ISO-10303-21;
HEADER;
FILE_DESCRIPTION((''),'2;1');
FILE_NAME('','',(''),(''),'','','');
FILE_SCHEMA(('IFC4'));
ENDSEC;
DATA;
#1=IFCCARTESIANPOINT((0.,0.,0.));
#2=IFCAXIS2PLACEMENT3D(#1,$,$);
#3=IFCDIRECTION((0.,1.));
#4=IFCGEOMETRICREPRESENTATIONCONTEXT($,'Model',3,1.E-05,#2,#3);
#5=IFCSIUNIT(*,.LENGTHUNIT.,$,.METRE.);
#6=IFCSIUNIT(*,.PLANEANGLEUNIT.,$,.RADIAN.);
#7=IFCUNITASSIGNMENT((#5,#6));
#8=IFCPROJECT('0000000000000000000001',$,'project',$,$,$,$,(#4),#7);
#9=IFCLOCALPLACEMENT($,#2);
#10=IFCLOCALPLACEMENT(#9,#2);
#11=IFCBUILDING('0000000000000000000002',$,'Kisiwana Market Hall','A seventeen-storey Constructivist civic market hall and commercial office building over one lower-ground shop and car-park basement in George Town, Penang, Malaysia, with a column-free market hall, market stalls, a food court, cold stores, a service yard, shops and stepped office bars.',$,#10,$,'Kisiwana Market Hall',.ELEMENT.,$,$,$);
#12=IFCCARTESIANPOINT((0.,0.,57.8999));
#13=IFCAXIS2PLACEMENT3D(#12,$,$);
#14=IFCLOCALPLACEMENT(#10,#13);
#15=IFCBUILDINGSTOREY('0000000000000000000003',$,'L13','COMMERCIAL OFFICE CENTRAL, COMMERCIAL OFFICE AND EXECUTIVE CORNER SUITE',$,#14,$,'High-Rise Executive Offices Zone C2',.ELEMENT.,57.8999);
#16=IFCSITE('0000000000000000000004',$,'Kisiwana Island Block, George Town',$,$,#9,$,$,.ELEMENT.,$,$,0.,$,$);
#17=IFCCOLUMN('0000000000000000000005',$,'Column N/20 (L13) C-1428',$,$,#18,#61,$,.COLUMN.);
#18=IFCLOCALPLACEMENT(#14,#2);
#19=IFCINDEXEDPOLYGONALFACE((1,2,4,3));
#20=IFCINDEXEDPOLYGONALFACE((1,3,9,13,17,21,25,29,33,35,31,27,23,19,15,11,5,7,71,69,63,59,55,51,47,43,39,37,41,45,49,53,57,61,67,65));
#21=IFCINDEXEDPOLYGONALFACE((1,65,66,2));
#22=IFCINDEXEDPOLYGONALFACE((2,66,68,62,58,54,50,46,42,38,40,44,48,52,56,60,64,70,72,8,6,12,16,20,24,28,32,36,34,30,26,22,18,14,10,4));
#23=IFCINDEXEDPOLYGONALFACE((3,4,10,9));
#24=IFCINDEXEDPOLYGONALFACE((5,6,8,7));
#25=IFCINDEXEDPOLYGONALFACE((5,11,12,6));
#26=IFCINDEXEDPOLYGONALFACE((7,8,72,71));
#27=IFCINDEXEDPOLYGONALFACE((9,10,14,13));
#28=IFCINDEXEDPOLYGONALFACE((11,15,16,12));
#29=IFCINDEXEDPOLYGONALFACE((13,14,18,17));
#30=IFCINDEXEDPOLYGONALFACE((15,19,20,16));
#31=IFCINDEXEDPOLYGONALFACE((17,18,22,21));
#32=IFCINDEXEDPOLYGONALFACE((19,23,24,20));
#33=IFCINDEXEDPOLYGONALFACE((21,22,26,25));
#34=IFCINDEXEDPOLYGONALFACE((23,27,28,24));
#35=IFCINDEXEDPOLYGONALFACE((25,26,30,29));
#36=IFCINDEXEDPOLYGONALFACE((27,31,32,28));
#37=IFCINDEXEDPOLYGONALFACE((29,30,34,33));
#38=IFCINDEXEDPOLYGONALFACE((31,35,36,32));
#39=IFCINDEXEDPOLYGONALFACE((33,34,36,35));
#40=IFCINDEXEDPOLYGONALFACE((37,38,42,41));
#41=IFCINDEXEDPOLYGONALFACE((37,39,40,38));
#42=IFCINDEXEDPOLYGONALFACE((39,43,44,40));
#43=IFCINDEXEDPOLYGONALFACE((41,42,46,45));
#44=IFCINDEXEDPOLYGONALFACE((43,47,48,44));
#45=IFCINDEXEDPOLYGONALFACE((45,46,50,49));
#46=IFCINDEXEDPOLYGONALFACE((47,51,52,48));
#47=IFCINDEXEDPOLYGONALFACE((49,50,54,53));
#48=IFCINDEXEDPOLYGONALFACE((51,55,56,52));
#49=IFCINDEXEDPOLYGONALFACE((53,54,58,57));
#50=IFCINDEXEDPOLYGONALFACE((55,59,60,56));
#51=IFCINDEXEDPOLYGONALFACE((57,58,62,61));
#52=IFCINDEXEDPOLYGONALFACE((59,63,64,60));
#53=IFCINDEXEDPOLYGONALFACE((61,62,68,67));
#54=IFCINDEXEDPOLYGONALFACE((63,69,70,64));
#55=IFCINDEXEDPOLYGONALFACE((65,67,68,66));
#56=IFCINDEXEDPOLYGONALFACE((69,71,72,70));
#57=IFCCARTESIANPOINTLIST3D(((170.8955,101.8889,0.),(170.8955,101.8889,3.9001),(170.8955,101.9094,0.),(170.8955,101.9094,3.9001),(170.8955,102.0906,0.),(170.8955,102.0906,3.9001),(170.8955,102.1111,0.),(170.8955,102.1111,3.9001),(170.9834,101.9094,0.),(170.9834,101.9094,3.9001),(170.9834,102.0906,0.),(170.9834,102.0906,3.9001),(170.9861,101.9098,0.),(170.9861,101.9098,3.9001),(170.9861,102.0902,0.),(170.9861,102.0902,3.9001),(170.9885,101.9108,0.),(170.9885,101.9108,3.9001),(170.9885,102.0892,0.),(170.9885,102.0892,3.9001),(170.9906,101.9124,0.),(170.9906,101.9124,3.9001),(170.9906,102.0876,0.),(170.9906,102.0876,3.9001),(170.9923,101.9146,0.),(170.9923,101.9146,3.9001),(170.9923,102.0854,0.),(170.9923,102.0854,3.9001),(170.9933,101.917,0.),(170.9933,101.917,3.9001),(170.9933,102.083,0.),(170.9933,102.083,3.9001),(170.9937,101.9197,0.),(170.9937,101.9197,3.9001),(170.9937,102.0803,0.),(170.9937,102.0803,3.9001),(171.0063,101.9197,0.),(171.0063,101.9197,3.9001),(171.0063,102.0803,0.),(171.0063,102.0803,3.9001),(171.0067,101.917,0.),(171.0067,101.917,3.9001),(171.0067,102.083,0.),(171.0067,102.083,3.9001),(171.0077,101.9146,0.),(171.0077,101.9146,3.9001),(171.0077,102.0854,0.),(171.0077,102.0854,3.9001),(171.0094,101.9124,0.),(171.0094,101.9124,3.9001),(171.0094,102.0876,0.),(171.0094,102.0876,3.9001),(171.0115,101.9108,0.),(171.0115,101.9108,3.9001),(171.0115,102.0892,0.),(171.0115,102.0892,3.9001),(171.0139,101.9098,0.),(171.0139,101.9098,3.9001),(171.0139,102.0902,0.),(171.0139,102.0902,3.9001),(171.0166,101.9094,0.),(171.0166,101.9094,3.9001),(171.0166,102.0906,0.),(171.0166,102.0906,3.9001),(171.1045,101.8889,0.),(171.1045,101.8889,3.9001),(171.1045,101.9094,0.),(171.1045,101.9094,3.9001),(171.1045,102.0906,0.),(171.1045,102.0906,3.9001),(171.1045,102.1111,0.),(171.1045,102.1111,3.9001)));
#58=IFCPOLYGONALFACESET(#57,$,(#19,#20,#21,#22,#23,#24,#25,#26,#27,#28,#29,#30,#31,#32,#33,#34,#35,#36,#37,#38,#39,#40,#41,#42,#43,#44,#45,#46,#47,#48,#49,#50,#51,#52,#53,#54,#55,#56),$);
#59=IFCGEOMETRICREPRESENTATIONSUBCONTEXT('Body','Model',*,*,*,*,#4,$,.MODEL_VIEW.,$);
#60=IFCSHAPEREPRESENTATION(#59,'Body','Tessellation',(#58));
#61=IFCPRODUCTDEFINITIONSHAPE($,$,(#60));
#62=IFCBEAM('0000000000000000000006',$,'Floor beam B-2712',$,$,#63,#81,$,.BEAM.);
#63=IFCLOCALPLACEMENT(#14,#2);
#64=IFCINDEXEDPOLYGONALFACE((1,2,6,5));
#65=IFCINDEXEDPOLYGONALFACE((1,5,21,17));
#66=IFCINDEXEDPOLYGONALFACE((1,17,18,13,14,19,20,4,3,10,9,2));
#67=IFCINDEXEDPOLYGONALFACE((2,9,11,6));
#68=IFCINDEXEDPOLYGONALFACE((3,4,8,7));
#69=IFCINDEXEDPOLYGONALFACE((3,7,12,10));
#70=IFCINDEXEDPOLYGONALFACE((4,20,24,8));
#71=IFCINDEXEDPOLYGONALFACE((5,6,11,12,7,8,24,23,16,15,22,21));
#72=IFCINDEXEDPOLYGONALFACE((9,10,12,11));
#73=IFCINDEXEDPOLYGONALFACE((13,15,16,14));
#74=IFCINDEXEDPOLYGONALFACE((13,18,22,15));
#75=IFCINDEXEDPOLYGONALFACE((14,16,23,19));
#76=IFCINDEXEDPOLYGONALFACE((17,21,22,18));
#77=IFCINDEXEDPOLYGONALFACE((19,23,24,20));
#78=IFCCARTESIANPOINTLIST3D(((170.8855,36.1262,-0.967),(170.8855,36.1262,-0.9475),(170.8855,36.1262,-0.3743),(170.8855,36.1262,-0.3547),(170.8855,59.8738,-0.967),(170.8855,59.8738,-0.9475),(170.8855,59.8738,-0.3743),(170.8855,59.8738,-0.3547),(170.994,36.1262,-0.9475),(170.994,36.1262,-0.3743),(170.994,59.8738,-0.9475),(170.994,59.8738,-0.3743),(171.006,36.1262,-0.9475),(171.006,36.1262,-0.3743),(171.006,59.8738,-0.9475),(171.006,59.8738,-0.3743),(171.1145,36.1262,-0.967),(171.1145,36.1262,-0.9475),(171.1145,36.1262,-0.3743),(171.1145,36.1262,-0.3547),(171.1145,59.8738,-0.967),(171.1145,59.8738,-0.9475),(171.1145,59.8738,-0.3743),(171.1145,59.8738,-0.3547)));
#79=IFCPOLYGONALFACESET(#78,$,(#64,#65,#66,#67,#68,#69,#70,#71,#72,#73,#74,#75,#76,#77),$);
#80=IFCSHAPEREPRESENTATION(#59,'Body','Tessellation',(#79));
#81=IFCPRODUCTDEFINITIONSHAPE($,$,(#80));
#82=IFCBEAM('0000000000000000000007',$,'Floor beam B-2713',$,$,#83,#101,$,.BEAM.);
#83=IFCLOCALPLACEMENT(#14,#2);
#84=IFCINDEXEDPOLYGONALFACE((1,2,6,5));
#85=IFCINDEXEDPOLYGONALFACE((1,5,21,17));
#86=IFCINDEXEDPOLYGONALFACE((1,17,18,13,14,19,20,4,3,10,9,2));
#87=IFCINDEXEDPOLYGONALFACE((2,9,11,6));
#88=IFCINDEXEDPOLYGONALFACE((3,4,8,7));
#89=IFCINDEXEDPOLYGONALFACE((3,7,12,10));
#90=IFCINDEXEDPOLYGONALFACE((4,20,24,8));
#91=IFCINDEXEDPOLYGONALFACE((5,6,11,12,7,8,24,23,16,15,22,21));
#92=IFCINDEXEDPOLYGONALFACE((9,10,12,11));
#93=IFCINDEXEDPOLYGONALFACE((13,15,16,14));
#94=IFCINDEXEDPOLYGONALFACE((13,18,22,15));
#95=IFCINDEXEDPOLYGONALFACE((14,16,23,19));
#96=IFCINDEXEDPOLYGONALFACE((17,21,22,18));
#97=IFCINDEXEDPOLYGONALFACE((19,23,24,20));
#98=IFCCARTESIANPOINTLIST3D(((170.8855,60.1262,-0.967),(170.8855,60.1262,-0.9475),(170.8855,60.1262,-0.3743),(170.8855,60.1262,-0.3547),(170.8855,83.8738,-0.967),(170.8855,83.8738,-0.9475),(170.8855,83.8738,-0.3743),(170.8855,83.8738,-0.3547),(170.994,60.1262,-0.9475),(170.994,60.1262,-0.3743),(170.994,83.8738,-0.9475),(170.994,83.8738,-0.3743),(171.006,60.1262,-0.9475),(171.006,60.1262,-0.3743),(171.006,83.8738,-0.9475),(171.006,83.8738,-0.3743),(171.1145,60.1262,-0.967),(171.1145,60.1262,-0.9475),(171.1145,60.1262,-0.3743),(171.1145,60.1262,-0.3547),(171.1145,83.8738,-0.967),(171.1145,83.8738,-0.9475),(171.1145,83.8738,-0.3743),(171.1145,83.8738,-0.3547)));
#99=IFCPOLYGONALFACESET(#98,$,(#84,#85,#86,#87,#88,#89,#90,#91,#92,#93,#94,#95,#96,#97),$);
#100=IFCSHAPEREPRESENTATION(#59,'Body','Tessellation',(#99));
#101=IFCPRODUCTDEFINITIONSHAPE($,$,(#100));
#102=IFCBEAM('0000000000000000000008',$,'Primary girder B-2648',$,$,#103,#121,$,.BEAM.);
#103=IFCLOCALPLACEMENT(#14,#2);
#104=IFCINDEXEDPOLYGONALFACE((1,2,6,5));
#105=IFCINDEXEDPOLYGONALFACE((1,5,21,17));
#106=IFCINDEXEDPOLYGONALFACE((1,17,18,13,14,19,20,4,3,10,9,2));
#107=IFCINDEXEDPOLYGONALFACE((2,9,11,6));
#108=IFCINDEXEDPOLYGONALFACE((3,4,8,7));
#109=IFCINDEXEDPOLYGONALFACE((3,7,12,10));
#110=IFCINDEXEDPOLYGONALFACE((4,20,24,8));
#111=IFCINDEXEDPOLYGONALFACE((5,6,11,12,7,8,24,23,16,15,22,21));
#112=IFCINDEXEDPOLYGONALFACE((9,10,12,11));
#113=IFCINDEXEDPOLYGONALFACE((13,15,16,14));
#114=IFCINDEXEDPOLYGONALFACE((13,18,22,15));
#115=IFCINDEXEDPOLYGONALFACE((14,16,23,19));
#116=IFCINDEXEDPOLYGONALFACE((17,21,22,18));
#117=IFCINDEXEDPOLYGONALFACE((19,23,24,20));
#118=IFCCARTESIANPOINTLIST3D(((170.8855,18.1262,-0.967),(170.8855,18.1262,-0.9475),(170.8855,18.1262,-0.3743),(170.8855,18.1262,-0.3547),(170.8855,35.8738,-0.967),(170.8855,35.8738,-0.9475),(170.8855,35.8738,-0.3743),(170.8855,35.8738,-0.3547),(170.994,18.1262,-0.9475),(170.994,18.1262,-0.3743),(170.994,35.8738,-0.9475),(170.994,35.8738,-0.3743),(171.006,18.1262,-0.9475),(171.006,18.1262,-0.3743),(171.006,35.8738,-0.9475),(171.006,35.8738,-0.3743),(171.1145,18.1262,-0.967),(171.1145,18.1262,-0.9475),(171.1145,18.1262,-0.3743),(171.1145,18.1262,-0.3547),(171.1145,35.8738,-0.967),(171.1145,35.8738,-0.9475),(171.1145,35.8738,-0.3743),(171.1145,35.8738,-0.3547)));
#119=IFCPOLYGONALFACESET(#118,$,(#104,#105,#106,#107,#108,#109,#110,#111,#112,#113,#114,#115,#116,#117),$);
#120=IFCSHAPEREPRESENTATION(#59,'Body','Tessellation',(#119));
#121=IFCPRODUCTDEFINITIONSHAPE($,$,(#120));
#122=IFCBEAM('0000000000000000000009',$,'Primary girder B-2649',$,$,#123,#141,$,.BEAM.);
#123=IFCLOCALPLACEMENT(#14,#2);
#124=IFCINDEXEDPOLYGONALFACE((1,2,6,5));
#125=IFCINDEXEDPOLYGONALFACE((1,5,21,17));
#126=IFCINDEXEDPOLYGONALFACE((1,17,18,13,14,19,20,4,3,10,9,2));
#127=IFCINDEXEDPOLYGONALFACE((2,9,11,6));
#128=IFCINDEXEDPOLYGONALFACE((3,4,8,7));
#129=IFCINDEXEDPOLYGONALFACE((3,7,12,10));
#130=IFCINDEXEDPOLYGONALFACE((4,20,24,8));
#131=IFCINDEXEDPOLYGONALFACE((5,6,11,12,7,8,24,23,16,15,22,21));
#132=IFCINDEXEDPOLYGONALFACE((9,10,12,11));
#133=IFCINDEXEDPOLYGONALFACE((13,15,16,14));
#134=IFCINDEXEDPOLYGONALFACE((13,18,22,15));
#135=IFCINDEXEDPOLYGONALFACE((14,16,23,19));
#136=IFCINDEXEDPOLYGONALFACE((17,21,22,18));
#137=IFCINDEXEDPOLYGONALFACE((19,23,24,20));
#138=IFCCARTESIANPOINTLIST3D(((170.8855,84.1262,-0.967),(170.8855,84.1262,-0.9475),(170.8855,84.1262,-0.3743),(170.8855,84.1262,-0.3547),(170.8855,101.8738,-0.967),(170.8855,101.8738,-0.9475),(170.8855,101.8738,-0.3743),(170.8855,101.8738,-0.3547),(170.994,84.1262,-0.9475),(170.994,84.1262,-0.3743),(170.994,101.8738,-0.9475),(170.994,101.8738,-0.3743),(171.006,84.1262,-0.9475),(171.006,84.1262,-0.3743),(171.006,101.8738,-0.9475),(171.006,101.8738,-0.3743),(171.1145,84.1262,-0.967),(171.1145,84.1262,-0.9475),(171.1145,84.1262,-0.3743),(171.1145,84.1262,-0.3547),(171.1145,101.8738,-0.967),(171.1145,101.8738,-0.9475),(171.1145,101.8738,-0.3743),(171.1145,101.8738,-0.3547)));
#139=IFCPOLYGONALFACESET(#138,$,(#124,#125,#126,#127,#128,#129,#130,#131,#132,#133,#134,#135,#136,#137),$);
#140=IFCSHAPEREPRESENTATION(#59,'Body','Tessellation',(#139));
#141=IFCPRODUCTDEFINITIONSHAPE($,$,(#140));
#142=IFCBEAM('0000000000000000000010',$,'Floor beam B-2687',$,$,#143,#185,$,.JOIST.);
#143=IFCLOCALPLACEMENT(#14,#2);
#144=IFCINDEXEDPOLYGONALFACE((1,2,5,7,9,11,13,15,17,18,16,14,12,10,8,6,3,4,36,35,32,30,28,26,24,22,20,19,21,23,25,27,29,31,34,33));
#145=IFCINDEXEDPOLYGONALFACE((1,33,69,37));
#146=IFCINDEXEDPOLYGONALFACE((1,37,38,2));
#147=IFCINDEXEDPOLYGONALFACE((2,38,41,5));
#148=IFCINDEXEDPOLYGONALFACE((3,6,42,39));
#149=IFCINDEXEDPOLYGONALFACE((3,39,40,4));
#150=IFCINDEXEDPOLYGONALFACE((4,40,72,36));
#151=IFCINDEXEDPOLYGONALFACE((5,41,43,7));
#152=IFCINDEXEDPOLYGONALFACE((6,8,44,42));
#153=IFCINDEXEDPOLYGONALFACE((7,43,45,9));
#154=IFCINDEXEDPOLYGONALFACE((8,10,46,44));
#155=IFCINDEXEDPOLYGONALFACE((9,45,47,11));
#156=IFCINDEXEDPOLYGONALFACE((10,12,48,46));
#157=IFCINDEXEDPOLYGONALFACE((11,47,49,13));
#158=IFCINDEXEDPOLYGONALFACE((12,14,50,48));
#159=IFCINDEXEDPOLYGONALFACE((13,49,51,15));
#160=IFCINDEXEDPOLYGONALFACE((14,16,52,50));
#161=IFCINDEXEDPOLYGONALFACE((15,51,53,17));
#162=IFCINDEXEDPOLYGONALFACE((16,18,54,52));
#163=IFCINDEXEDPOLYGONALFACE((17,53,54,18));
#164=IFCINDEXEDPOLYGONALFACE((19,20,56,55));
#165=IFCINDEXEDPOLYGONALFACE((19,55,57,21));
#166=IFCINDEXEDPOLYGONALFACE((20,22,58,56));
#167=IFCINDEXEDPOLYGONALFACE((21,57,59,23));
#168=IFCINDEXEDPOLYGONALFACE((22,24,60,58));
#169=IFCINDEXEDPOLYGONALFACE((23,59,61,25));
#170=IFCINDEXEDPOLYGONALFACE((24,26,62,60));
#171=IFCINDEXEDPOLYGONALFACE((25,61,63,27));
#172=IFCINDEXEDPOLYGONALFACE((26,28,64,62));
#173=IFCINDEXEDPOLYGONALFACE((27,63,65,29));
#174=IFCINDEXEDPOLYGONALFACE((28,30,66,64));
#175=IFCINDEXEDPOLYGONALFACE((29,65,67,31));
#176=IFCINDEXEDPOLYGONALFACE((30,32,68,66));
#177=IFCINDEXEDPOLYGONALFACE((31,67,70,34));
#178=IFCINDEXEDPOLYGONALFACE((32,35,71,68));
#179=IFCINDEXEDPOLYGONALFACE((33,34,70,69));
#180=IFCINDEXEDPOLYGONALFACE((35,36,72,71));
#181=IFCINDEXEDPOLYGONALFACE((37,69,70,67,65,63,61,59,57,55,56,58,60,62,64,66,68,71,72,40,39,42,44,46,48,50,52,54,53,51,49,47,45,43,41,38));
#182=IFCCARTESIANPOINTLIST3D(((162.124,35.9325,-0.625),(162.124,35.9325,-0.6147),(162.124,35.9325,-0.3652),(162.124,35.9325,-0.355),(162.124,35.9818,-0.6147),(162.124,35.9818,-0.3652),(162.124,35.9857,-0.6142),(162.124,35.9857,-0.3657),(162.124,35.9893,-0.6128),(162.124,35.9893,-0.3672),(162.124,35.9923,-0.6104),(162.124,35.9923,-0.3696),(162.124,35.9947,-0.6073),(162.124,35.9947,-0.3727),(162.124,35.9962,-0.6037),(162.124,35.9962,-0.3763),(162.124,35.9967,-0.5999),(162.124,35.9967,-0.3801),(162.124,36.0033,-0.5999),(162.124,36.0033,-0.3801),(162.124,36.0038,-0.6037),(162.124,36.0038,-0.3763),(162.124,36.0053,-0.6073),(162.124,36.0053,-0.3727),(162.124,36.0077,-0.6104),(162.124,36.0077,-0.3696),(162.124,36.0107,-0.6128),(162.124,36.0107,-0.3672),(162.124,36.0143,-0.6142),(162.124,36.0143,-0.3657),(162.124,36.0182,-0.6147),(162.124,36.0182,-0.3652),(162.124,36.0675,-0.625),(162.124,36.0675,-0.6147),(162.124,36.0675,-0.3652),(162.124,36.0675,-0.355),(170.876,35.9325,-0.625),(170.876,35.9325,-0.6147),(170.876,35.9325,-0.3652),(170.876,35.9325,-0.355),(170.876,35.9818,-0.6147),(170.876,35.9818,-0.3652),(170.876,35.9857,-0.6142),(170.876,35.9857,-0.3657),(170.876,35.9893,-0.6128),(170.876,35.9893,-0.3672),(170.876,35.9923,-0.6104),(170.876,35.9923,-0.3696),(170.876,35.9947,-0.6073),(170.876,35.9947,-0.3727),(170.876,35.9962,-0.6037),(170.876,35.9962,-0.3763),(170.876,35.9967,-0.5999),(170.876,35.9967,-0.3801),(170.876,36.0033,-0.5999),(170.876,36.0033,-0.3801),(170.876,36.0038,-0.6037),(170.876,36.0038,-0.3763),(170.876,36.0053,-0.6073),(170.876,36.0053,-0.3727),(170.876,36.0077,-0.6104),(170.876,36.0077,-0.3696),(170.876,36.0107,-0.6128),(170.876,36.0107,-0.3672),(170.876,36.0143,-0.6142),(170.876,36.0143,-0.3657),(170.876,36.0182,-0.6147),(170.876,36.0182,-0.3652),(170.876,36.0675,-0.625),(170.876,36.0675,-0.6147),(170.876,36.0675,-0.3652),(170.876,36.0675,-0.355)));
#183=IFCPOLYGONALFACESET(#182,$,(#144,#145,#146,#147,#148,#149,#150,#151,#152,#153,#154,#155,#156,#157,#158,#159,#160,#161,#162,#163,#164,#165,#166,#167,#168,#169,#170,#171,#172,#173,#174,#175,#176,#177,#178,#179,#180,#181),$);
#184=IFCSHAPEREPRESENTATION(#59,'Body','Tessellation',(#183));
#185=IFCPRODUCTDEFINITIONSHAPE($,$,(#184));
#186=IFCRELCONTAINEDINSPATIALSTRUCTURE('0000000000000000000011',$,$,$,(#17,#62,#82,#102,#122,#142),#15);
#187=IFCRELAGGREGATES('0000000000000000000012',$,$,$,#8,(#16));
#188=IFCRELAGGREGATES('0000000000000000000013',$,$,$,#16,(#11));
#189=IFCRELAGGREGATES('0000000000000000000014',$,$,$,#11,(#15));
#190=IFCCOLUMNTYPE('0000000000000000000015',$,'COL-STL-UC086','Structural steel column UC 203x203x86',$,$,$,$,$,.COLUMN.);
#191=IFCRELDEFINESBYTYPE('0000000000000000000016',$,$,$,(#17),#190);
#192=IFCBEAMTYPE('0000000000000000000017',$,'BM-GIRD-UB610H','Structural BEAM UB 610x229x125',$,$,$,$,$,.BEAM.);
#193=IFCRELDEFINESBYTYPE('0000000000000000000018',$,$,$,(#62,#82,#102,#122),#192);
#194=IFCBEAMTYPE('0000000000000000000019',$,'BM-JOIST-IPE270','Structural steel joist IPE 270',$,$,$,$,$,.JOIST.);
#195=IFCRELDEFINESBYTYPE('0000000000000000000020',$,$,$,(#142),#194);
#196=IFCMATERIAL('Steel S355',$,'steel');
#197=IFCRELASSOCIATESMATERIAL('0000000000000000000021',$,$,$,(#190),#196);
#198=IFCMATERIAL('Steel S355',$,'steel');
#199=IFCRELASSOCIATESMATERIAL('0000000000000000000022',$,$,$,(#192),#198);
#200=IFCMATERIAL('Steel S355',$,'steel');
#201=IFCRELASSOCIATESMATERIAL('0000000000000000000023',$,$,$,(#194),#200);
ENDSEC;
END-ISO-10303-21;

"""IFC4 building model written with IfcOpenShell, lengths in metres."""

from ifc_helpers import new_model, si_unit, direction, frame, origin, origin_2d, place, context, subcontext, project, spatial, i_section, extrude, material, material_profile, profile_set, type_object, element, save


model = new_model("IFC4")

# Units and contexts
model_context = context("Model", 3, precision=1e-05, world=origin(), true_north=direction((0.0, 1.0)))
body_context = subcontext(model_context, "Body", "Model", "MODEL_VIEW")
ifc_project = project(units=[si_unit("LENGTHUNIT", "METRE"), si_unit("PLANEANGLEUNIT", "RADIAN")], contexts=[model_context])

# Site, building, storey
site_placement = place(None, origin())
site = spatial("IfcSite", under=ifc_project, at=site_placement, Name="Kisiwana Island Block, George Town", CompositionType="ELEMENT", RefElevation=0.0)
building_placement = place(site_placement, origin())
building = spatial("IfcBuilding", under=site, at=building_placement, Name="Kisiwana Market Hall", Description="A seventeen-storey Constructivist civic market hall and commercial office building over one lower-ground shop and car-park basement in George Town, Penang, Malaysia, with a column-free market hall, market stalls, a food court, cold stores, a service yard, shops and stepped office bars.", LongName="Kisiwana Market Hall", CompositionType="ELEMENT")
storey_placement = place(building_placement, frame((0.0, 0.0, 57.8999)))
storey = spatial("IfcBuildingStorey", under=building, at=storey_placement, Name="L13", Description="COMMERCIAL OFFICE CENTRAL, COMMERCIAL OFFICE AND EXECUTIVE CORNER SUITE", LongName="High-Rise Executive Offices Zone C2", CompositionType="ELEMENT", Elevation=57.8999)

# Column
ifc_material_1 = material(Name="Steel S355", Category="steel")
ifc_material_profile_1 = material_profile(ifc_material_1, i_section(OverallWidth=0.209, OverallDepth=0.2222, WebThickness=0.0127, FlangeThickness=0.0205, FilletRadius=0.0103, at=origin_2d()), Name="UC 203x203x86")
ifc_profile_set_1 = profile_set([ifc_material_profile_1], Name="Steel S355")
column_type = type_object("IfcColumnType", Name="COL-STL-UC086", Description="Structural steel column UC 203x203x86", PredefinedType="COLUMN", material=ifc_profile_set_1)
for number, where, z_axis, x_axis, name in (
    (1, (171.0, 102.0, 0.0), (0.0, 0.0, 1.0), (1.0, 0.0, 0.0), "Column N/20 (L13) C-1428"),
):
    element("IfcColumn", number, at=place(storey_placement, frame(where, z_axis=z_axis, x_axis=x_axis)), inside=storey, type_object=column_type, Name=name, PredefinedType="COLUMN", context=body_context, shape_type="SweptSolid", body=[
        extrude(i_section(OverallWidth=0.209, OverallDepth=0.2222, WebThickness=0.0127, FlangeThickness=0.0205, FilletRadius=0.0103, at=origin_2d()), origin(), (0.0, 0.0, 1.0), 3.9001),
    ])

# Beams
ifc_material_2 = material(Name="Steel S355", Category="steel")
ifc_material_profile_2 = material_profile(ifc_material_2, i_section(OverallWidth=0.229, OverallDepth=0.6123, WebThickness=0.012, FlangeThickness=0.0195, at=origin_2d()), Name="UB 610x229x125")
ifc_profile_set_2 = profile_set([ifc_material_profile_2], Name="Steel S355")
beam_type_1 = type_object("IfcBeamType", Name="BM-GIRD-UB610H", Description="Structural BEAM UB 610x229x125", PredefinedType="BEAM", material=ifc_profile_set_2)
for number, where, z_axis, x_axis, name in (
    (2, (171.0, 36.1262, -0.6609), (0.0, 1.0, 0.0), (-1.0, 0.0, 0.0), "Floor beam B-2712"),
    (3, (171.0, 60.1262, -0.6609), (0.0, 1.0, 0.0), (-1.0, 0.0, 0.0), "Floor beam B-2713"),
):
    element("IfcBeam", number, at=place(storey_placement, frame(where, z_axis=z_axis, x_axis=x_axis)), inside=storey, type_object=beam_type_1, Name=name, PredefinedType="BEAM", context=body_context, shape_type="SweptSolid", body=[
        extrude(i_section(OverallWidth=0.229, OverallDepth=0.6123, WebThickness=0.012, FlangeThickness=0.0195, at=origin_2d()), origin(), (0.0, 0.0, 1.0), 23.7476),
    ])
for number, where, z_axis, x_axis, name in (
    (4, (171.0, 18.1262, -0.6609), (0.0, 1.0, 0.0), (-1.0, 0.0, 0.0), "Primary girder B-2648"),
    (5, (171.0, 84.1262, -0.6609), (0.0, 1.0, 0.0), (-1.0, 0.0, 0.0), "Primary girder B-2649"),
):
    element("IfcBeam", number, at=place(storey_placement, frame(where, z_axis=z_axis, x_axis=x_axis)), inside=storey, type_object=beam_type_1, Name=name, PredefinedType="BEAM", context=body_context, shape_type="SweptSolid", body=[
        extrude(i_section(OverallWidth=0.229, OverallDepth=0.6123, WebThickness=0.012, FlangeThickness=0.0195, at=origin_2d()), origin(), (0.0, 0.0, 1.0), 17.7476),
    ])
ifc_material_3 = material(Name="Steel S355", Category="steel")
ifc_material_profile_3 = material_profile(ifc_material_3, i_section(OverallWidth=0.135, OverallDepth=0.27, WebThickness=0.0066, FlangeThickness=0.0103, FilletRadius=0.0149, at=origin_2d()), Name="IPE 270")
ifc_profile_set_3 = profile_set([ifc_material_profile_3], Name="Steel S355")
beam_type_2 = type_object("IfcBeamType", Name="BM-JOIST-IPE270", Description="Structural steel joist IPE 270", PredefinedType="JOIST", material=ifc_profile_set_3)
beam_1_placement = place(storey_placement, frame((162.124, 36.0, -0.49), z_axis=(1.0, 0.0, 0.0), x_axis=(0.0, 1.0, 0.0)))
element("IfcBeam", 6, at=beam_1_placement, inside=storey, type_object=beam_type_2, Name="Floor beam B-2687", PredefinedType="JOIST", context=body_context, shape_type="SweptSolid", body=[
    extrude(i_section(OverallWidth=0.135, OverallDepth=0.27, WebThickness=0.0066, FlangeThickness=0.0103, FilletRadius=0.0149, at=origin_2d()), origin(), (0.0, 0.0, 1.0), 8.752),
])

save(model, "model.ifc")
